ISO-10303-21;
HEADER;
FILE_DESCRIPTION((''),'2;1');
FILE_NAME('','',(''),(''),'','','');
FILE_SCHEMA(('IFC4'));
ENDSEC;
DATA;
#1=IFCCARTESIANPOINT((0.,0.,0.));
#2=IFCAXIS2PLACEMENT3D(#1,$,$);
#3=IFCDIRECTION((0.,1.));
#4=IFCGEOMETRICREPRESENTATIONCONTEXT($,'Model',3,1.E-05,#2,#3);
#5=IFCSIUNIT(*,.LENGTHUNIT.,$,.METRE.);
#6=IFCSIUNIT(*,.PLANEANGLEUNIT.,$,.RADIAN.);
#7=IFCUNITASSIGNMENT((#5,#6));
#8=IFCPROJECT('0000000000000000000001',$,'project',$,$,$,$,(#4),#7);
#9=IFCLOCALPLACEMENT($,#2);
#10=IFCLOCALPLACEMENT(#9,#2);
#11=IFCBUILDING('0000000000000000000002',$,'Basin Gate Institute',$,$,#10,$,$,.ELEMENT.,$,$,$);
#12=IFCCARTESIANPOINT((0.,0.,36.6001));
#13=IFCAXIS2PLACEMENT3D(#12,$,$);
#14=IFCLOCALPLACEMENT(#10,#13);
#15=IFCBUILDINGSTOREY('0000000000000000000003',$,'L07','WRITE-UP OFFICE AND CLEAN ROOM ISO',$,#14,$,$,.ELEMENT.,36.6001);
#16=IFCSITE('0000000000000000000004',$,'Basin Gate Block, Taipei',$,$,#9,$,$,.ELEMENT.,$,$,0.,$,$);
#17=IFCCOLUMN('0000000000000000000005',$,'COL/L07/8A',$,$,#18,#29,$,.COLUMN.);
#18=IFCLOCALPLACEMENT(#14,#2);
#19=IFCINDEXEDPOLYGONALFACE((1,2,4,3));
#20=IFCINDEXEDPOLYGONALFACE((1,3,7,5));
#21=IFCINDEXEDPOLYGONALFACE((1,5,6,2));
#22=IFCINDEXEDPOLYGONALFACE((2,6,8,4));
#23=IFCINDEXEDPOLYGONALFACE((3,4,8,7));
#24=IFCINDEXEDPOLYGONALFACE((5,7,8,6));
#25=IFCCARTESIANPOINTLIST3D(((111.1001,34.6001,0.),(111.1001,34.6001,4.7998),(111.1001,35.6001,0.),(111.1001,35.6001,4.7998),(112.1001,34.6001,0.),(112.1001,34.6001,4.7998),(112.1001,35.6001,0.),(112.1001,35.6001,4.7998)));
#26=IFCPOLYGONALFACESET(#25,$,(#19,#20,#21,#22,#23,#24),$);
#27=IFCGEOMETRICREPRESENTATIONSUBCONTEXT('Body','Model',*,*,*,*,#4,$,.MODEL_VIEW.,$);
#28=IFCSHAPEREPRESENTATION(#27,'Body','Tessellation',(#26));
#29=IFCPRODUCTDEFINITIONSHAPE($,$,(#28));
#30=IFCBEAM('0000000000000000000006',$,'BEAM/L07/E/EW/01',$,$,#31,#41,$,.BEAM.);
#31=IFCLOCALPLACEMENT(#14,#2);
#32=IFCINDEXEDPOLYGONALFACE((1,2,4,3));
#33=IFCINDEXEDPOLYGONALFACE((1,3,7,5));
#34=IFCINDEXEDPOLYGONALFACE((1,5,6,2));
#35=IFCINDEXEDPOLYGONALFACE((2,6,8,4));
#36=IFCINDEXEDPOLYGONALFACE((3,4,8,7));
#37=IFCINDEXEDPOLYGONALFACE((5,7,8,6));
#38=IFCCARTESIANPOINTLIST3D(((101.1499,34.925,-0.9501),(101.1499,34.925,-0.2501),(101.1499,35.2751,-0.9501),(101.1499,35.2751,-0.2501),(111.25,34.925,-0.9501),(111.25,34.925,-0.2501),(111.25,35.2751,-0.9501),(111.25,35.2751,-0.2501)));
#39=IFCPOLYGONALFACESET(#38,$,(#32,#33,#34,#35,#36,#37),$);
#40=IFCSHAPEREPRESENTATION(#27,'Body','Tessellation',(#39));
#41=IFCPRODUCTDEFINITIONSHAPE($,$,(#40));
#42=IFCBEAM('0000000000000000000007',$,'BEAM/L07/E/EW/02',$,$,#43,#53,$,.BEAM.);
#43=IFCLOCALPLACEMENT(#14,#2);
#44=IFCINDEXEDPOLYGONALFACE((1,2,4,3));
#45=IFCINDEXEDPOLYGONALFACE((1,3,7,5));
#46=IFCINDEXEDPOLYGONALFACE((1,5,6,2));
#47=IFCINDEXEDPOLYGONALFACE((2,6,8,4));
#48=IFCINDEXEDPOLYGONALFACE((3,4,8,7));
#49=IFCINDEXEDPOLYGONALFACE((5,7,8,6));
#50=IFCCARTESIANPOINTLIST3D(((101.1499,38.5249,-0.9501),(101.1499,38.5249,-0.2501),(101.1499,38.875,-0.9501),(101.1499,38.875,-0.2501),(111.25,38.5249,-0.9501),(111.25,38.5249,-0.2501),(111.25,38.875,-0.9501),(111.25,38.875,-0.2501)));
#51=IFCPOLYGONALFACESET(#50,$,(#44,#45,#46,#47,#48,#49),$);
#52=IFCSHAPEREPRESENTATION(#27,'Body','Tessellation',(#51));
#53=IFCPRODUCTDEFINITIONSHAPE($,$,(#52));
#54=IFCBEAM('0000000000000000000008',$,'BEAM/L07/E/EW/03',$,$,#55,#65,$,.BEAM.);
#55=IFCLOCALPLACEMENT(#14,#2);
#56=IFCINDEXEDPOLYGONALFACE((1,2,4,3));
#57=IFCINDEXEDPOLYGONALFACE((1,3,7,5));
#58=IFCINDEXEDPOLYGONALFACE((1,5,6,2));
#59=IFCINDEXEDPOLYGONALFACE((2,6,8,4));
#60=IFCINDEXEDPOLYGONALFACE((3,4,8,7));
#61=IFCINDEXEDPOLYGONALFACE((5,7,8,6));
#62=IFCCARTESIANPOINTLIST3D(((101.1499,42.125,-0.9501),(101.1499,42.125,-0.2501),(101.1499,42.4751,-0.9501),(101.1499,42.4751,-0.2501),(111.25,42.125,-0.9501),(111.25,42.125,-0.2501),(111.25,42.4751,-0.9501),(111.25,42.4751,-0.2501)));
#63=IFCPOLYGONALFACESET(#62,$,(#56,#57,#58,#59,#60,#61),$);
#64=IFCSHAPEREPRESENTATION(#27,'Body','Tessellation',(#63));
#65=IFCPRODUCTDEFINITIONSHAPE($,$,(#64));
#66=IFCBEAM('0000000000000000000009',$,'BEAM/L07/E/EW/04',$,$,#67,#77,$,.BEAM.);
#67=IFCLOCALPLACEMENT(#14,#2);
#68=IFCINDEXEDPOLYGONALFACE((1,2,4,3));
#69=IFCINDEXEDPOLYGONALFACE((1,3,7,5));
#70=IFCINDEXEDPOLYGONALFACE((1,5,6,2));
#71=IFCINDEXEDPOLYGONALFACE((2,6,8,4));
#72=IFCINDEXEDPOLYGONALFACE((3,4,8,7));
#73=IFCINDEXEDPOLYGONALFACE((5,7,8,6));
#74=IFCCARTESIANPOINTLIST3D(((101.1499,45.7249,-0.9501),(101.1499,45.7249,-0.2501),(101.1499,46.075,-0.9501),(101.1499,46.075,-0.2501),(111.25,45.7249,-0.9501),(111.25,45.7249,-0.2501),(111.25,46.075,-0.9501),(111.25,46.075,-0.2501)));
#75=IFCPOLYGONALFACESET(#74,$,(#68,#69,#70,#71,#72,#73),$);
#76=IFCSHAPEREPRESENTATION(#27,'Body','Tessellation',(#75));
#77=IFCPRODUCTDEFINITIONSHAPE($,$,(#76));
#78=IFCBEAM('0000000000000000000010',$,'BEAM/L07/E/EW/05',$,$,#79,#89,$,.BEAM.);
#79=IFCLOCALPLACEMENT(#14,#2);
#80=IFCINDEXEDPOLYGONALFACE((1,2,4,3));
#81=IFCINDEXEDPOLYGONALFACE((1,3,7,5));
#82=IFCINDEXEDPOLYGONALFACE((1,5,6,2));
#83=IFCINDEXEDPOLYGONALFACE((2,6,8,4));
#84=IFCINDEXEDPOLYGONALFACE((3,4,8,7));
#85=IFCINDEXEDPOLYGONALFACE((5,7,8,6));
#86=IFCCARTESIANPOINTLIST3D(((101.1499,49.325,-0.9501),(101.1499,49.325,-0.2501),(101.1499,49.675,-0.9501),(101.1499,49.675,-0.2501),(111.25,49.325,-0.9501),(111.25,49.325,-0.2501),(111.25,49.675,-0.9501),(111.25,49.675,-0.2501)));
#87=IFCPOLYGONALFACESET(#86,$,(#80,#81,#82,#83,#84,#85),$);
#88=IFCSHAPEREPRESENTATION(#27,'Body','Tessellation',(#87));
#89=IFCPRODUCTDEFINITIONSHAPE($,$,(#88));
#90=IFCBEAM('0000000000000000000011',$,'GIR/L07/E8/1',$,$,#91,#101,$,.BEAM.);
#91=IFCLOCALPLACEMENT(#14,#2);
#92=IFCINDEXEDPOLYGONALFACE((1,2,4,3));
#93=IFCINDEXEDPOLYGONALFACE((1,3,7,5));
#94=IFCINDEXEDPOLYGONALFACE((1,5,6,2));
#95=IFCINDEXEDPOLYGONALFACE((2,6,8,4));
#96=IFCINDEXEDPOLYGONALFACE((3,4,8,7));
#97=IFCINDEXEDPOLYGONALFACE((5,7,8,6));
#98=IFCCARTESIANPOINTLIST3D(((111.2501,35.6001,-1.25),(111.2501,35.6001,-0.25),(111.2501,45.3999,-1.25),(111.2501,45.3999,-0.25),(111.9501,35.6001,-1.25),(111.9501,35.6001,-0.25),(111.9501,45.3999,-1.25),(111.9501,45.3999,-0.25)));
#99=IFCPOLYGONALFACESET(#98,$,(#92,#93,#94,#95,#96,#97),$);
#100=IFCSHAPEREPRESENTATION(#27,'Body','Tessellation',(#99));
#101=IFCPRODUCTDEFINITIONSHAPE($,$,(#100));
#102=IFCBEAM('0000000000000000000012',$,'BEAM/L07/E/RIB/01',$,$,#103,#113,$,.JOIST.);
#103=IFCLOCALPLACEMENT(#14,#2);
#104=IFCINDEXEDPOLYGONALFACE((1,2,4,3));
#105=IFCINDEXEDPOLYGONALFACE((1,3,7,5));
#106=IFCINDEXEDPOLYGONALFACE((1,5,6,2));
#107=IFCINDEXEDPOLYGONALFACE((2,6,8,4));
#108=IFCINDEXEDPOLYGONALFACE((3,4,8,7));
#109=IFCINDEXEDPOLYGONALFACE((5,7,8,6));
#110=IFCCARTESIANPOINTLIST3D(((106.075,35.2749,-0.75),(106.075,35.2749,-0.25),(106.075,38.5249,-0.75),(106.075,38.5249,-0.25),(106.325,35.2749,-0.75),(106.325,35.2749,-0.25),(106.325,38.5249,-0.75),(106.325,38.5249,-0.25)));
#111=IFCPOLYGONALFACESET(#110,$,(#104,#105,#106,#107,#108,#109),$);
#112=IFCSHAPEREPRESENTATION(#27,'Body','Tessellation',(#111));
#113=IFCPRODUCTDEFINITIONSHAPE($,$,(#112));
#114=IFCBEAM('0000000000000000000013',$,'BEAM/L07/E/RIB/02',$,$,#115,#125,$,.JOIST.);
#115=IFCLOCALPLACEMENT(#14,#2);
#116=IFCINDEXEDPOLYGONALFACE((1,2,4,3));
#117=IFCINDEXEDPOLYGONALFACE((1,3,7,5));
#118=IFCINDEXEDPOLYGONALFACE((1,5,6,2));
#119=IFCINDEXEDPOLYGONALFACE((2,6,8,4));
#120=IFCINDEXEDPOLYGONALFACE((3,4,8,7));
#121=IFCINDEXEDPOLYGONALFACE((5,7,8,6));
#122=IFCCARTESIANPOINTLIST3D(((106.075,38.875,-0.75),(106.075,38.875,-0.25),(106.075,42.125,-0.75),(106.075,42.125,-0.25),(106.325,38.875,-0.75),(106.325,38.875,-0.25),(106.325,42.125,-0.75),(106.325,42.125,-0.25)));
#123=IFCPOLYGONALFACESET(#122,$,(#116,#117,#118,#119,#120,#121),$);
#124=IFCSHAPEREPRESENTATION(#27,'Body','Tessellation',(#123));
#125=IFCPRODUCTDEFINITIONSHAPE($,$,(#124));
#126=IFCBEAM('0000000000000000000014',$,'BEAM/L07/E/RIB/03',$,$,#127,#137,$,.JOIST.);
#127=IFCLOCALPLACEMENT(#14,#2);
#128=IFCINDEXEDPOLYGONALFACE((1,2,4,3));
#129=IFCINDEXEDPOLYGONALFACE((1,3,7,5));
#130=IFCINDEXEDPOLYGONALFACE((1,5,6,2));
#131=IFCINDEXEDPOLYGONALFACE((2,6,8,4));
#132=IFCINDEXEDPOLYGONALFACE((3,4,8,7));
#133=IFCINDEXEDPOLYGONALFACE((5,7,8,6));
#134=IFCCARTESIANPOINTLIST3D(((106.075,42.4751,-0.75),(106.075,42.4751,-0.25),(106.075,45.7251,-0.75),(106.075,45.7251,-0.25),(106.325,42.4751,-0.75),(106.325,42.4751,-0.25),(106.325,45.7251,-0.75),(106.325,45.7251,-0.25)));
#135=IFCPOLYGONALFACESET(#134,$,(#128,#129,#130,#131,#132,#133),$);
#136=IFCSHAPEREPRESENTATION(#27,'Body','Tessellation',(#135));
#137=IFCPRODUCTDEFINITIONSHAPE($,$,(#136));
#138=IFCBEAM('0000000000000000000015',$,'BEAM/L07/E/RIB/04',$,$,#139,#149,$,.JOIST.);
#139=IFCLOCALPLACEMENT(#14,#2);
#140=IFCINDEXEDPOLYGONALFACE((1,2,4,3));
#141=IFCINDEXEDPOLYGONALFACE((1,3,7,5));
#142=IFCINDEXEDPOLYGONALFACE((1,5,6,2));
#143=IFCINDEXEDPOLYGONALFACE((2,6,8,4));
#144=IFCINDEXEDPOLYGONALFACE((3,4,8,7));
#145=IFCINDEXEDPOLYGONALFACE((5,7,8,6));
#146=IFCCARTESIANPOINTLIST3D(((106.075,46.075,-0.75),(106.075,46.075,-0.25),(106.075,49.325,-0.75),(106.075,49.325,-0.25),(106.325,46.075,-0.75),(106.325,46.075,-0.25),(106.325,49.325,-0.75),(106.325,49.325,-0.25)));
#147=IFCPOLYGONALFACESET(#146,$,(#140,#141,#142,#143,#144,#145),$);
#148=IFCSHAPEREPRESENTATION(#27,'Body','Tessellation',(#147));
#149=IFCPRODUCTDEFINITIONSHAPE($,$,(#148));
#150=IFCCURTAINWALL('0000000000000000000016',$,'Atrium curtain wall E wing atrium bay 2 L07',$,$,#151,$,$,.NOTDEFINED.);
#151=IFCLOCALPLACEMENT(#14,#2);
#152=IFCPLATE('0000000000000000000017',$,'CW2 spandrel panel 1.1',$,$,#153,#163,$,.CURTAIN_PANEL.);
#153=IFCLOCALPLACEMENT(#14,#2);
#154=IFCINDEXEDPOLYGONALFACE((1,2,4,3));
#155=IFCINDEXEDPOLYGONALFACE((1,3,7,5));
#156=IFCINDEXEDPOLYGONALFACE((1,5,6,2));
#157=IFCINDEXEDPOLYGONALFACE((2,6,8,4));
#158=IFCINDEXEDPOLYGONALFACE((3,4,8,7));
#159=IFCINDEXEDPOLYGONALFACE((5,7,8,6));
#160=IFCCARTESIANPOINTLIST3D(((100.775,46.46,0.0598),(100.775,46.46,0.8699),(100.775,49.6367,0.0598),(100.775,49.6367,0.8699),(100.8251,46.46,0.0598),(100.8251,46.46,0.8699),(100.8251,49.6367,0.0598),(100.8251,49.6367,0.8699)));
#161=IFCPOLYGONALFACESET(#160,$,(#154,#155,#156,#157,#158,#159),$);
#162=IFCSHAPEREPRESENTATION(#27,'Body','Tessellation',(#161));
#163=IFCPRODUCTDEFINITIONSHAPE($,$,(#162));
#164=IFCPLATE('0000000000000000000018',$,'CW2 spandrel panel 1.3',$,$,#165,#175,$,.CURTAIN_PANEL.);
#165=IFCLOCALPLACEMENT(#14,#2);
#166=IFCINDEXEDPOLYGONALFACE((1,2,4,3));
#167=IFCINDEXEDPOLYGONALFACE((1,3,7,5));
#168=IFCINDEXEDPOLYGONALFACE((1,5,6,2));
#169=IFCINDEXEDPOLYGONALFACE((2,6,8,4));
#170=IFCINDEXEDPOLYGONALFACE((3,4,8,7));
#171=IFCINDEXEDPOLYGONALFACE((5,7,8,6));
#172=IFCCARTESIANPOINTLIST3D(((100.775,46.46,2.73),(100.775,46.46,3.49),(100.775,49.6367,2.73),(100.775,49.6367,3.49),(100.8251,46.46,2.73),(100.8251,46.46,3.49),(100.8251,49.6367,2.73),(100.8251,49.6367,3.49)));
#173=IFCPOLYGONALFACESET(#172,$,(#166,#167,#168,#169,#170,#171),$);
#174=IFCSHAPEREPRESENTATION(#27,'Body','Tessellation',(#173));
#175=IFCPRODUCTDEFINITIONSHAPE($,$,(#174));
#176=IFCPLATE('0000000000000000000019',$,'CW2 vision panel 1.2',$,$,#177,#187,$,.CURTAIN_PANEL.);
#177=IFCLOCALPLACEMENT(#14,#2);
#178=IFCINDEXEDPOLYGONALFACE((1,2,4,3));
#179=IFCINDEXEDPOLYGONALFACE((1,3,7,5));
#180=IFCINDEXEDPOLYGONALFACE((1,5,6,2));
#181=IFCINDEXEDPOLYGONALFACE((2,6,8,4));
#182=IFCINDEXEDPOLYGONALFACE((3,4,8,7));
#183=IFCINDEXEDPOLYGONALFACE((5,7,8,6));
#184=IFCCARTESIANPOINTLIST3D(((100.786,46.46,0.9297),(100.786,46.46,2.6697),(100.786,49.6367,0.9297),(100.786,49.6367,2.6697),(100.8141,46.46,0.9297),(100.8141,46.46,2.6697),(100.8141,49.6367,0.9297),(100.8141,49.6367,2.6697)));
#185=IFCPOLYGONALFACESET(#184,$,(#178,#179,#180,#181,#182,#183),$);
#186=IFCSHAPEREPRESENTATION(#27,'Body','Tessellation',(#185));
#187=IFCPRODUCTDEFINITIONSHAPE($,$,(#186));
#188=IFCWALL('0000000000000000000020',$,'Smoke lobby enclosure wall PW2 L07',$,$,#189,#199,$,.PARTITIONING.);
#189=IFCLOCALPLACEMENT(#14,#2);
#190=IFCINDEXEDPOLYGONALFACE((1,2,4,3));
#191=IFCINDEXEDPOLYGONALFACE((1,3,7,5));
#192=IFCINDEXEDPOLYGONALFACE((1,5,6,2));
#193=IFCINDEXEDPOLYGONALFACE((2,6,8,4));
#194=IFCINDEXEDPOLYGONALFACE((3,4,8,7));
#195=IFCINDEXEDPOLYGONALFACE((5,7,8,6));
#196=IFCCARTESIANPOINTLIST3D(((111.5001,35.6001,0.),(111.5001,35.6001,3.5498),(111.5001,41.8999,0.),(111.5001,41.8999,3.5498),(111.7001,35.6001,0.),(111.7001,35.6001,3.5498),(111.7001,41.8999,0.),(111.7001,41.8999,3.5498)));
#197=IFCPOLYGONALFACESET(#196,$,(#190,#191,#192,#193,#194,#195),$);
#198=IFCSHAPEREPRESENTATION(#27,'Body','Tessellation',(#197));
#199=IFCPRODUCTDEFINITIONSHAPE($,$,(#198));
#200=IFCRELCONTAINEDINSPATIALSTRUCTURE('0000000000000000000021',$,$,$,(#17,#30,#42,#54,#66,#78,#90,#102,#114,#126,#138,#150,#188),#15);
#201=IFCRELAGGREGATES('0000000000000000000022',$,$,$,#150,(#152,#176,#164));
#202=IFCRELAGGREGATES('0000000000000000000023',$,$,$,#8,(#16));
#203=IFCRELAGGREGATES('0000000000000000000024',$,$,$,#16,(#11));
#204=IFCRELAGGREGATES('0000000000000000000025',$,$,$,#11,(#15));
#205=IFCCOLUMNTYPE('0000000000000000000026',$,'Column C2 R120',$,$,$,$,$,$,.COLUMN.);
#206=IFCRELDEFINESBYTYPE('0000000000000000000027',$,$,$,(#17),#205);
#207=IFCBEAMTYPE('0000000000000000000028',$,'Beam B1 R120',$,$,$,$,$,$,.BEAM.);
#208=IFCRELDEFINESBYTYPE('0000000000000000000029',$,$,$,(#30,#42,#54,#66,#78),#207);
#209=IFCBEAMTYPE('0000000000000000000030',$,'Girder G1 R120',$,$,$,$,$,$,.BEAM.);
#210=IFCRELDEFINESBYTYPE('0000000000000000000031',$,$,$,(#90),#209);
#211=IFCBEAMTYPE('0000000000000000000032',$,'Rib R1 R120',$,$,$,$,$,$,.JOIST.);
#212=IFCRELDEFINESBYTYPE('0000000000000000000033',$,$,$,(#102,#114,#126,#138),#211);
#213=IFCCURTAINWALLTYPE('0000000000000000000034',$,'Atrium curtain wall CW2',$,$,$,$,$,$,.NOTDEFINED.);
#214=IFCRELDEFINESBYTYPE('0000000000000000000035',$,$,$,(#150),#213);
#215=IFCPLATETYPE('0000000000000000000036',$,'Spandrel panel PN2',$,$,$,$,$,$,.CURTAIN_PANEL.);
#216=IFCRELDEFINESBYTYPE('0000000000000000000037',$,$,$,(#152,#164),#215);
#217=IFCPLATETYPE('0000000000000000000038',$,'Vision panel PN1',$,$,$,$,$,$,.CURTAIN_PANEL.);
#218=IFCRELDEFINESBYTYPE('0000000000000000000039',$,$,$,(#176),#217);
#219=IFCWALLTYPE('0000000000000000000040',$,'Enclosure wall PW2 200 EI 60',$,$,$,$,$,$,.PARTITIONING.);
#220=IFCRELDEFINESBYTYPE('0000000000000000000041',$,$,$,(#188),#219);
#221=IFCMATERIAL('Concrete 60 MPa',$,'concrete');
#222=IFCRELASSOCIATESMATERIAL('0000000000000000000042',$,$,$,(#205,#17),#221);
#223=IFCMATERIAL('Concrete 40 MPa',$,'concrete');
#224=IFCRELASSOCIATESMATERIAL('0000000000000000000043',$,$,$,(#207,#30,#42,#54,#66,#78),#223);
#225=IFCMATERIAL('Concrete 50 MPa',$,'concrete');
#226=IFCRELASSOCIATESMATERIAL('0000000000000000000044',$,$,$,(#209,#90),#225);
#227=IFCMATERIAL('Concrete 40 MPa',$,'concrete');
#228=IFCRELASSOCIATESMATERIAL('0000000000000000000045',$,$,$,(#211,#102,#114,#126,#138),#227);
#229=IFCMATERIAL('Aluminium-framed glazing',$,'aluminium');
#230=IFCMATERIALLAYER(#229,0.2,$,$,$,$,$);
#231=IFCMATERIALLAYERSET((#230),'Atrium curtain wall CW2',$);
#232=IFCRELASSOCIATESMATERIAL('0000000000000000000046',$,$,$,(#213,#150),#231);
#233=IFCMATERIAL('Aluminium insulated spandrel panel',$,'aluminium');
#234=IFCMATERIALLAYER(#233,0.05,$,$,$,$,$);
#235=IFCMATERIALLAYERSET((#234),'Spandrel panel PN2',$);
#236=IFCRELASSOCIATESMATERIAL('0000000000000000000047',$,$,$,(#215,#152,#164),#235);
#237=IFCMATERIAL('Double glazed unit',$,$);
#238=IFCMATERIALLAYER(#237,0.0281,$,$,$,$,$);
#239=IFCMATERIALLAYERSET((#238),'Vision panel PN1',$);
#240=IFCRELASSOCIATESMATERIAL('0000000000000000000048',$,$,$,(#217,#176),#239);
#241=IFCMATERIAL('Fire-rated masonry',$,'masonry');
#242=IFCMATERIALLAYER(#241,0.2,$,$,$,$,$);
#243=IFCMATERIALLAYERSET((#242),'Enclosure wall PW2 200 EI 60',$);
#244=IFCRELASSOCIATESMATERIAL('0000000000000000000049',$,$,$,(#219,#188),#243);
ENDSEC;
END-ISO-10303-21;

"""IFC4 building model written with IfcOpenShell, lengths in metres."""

from ifc_helpers import new_model, si_unit, direction, frame, frame_2d, origin, origin_2d, place, context, subcontext, project, spatial, rectangle, extrude, material, layer, layer_set, material_profile, profile_set, type_object, element, aggregate, save


model = new_model("IFC4")

# Units and contexts
model_context = context("Model", 3, precision=1e-05, world=origin(), true_north=direction((0.0, 1.0)))
body_context = subcontext(model_context, "Body", "Model", "MODEL_VIEW")
ifc_project = project(units=[si_unit("LENGTHUNIT", "METRE"), si_unit("PLANEANGLEUNIT", "RADIAN")], contexts=[model_context])

# Site, building, storey
site_placement = place(None, origin())
site = spatial("IfcSite", under=ifc_project, at=site_placement, Name="Basin Gate Block, Taipei", CompositionType="ELEMENT", RefElevation=0.0)
building_placement = place(site_placement, origin())
building = spatial("IfcBuilding", under=site, at=building_placement, Name="Basin Gate Institute", CompositionType="ELEMENT")
storey_placement = place(building_placement, frame((0.0, 0.0, 36.6001)))
storey = spatial("IfcBuildingStorey", under=building, at=storey_placement, Name="L07", Description="WRITE-UP OFFICE AND CLEAN ROOM ISO", CompositionType="ELEMENT", Elevation=36.6001)

# Column
ifc_material_1 = material(Name="Concrete 60 MPa", Category="concrete")
ifc_material_profile_1 = material_profile(ifc_material_1, rectangle(XDim=1.0, YDim=1.0, at=origin_2d()), Name="Column C2 1000 x 1000")
ifc_profile_set_1 = profile_set([ifc_material_profile_1], Name="Concrete 60 MPa")
column_type = type_object("IfcColumnType", Name="Column C2 R120", PredefinedType="COLUMN", material=ifc_profile_set_1)
column_placement = place(storey_placement, frame((111.6001, 35.1001, 0.0), z_axis=(0.0, 0.0, 1.0), x_axis=(1.0, 0.0, 0.0)))
element("IfcColumn", 1, at=column_placement, inside=storey, type_object=column_type, material=ifc_profile_set_1, Name="COL/L07/8A", PredefinedType="COLUMN", context=body_context, shape_type="SweptSolid", body=[
    extrude(rectangle(XDim=1.0, YDim=1.0, at=origin_2d()), origin(), (0.0, 0.0, 1.0), 4.7998),
])

# Beams
ifc_material_2 = material(Name="Concrete 40 MPa", Category="concrete")
ifc_material_profile_2 = material_profile(ifc_material_2, rectangle(XDim=0.3501, YDim=0.7, at=origin_2d()), Name="Beam B1 350 x 700")
ifc_profile_set_2 = profile_set([ifc_material_profile_2], Name="Concrete 40 MPa")
beam_type_1 = type_object("IfcBeamType", Name="Beam B1 R120", PredefinedType="BEAM", material=ifc_profile_set_2)
for number, where, z_axis, x_axis, name in (
    (2, (111.25, 35.1001, -0.6001), (-1.0, 0.0, 0.0), (0.0, -1.0, 0.0), "BEAM/L07/E/EW/01"),
    (3, (111.25, 38.7, -0.6001), (-1.0, 0.0, 0.0), (0.0, -1.0, 0.0), "BEAM/L07/E/EW/02"),
    (4, (111.25, 42.3, -0.6001), (-1.0, 0.0, 0.0), (0.0, -1.0, 0.0), "BEAM/L07/E/EW/03"),
    (5, (111.25, 45.8999, -0.6001), (-1.0, 0.0, 0.0), (0.0, -1.0, 0.0), "BEAM/L07/E/EW/04"),
    (6, (111.25, 49.5, -0.6001), (-1.0, 0.0, 0.0), (0.0, -1.0, 0.0), "BEAM/L07/E/EW/05"),
):
    element("IfcBeam", number, at=place(storey_placement, frame(where, z_axis=z_axis, x_axis=x_axis)), inside=storey, type_object=beam_type_1, material=ifc_profile_set_2, Name=name, PredefinedType="BEAM", context=body_context, shape_type="SweptSolid", body=[
        extrude(rectangle(XDim=0.3501, YDim=0.7, at=origin_2d()), origin(), (0.0, 0.0, 1.0), 10.1001),
    ])
ifc_material_3 = material(Name="Concrete 50 MPa", Category="concrete")
ifc_material_profile_3 = material_profile(ifc_material_3, rectangle(XDim=0.7, YDim=1.0, at=origin_2d()), Name="Girder G1 700 x 1000")
ifc_profile_set_3 = profile_set([ifc_material_profile_3], Name="Concrete 50 MPa")
beam_type_2 = type_object("IfcBeamType", Name="Girder G1 R120", PredefinedType="BEAM", material=ifc_profile_set_3)
beam_placement = place(storey_placement, frame((111.6001, 35.6001, -0.75), z_axis=(0.0, 1.0, 0.0), x_axis=(-1.0, 0.0, 0.0)))
element("IfcBeam", 7, at=beam_placement, inside=storey, type_object=beam_type_2, material=ifc_profile_set_3, Name="GIR/L07/E8/1", PredefinedType="BEAM", context=body_context, shape_type="SweptSolid", body=[
    extrude(rectangle(XDim=0.7, YDim=1.0, at=origin_2d()), origin(), (0.0, 0.0, 1.0), 9.7998),
])
ifc_material_4 = material(Name="Concrete 40 MPa", Category="concrete")
ifc_material_profile_4 = material_profile(ifc_material_4, rectangle(XDim=0.25, YDim=0.5, at=origin_2d()), Name="Rib R1 250 x 500")
ifc_profile_set_4 = profile_set([ifc_material_profile_4], Name="Concrete 40 MPa")
beam_type_3 = type_object("IfcBeamType", Name="Rib R1 R120", PredefinedType="JOIST", material=ifc_profile_set_4)
for number, where, z_axis, x_axis, name in (
    (8, (106.2, 35.2749, -0.5), (0.0, 1.0, 0.0), (-1.0, 0.0, 0.0), "BEAM/L07/E/RIB/01"),
    (9, (106.2, 38.875, -0.5), (0.0, 1.0, 0.0), (-1.0, 0.0, 0.0), "BEAM/L07/E/RIB/02"),
    (10, (106.2, 42.4751, -0.5), (0.0, 1.0, 0.0), (-1.0, 0.0, 0.0), "BEAM/L07/E/RIB/03"),
    (11, (106.2, 46.075, -0.5), (0.0, 1.0, 0.0), (-1.0, 0.0, 0.0), "BEAM/L07/E/RIB/04"),
):
    element("IfcBeam", number, at=place(storey_placement, frame(where, z_axis=z_axis, x_axis=x_axis)), inside=storey, type_object=beam_type_3, material=ifc_profile_set_4, Name=name, PredefinedType="JOIST", context=body_context, shape_type="SweptSolid", body=[
        extrude(rectangle(XDim=0.25, YDim=0.5, at=origin_2d()), origin(), (0.0, 0.0, 1.0), 3.25),
    ])

# Curtain wall, plates
ifc_material_5 = material(Name="Aluminium-framed glazing", Category="aluminium")
ifc_layer_1 = layer(ifc_material_5, 0.2)
ifc_layer_set_1 = layer_set([ifc_layer_1], Name="Atrium curtain wall CW2")
curtain_wall_type = type_object("IfcCurtainWallType", Name="Atrium curtain wall CW2", PredefinedType="NOTDEFINED", material=ifc_layer_set_1)
curtain_wall_placement = place(storey_placement, origin())
curtain_wall = element("IfcCurtainWall", 12, at=curtain_wall_placement, inside=storey, type_object=curtain_wall_type, material=ifc_layer_set_1, Name="Atrium curtain wall E wing atrium bay 2 L07", PredefinedType="NOTDEFINED")
ifc_material_6 = material(Name="Aluminium insulated spandrel panel", Category="aluminium")
ifc_layer_2 = layer(ifc_material_6, 0.05)
ifc_layer_set_2 = layer_set([ifc_layer_2], Name="Spandrel panel PN2")
plate_type_1 = type_object("IfcPlateType", Name="Spandrel panel PN2", PredefinedType="CURTAIN_PANEL", material=ifc_layer_set_2)
plate_1_placement = place(storey_placement, frame((100.8, 48.0483, 0.0598), z_axis=(0.0, 0.0, 1.0), x_axis=(0.0, 1.0, 0.0)))
plate_1 = element("IfcPlate", 13, at=plate_1_placement, type_object=plate_type_1, material=ifc_layer_set_2, Name="CW2 spandrel panel 1.1", PredefinedType="CURTAIN_PANEL", context=body_context, shape_type="SweptSolid", body=[
    extrude(rectangle(XDim=3.1768, YDim=0.05, at=origin_2d()), origin(), (0.0, 0.0, 1.0), 0.8101),
])
plate_2_placement = place(storey_placement, frame((100.8, 48.0483, 2.73), z_axis=(0.0, 0.0, 1.0), x_axis=(0.0, 1.0, 0.0)))
plate_2 = element("IfcPlate", 14, at=plate_2_placement, type_object=plate_type_1, material=ifc_layer_set_2, Name="CW2 spandrel panel 1.3", PredefinedType="CURTAIN_PANEL", context=body_context, shape_type="SweptSolid", body=[
    extrude(rectangle(XDim=3.1768, YDim=0.05, at=origin_2d()), origin(), (0.0, 0.0, 1.0), 0.76),
])
ifc_material_7 = material(Name="Double glazed unit")
ifc_layer_3 = layer(ifc_material_7, 0.0281)
ifc_layer_set_3 = layer_set([ifc_layer_3], Name="Vision panel PN1")
plate_type_2 = type_object("IfcPlateType", Name="Vision panel PN1", PredefinedType="CURTAIN_PANEL", material=ifc_layer_set_3)
plate_3_placement = place(storey_placement, frame((100.8, 48.0483, 0.9297), z_axis=(0.0, 0.0, 1.0), x_axis=(0.0, 1.0, 0.0)))
plate_3 = element("IfcPlate", 15, at=plate_3_placement, type_object=plate_type_2, material=ifc_layer_set_3, Name="CW2 vision panel 1.2", PredefinedType="CURTAIN_PANEL", context=body_context, shape_type="SweptSolid", body=[
    extrude(rectangle(XDim=3.1768, YDim=0.0281, at=origin_2d()), origin(), (0.0, 0.0, 1.0), 1.74),
])
aggregate(curtain_wall, [plate_1, plate_3, plate_2])

# Wall
ifc_material_8 = material(Name="Fire-rated masonry", Category="masonry")
ifc_layer_4 = layer(ifc_material_8, 0.2)
ifc_layer_set_4 = layer_set([ifc_layer_4], Name="Enclosure wall PW2 200 EI 60")
wall_type_1 = type_object("IfcWallType", Name="Enclosure wall PW2 200 EI 60", PredefinedType="PARTITIONING", material=ifc_layer_set_4)
wall_1_placement = place(storey_placement, frame((111.6001, 35.6001, 0.0), z_axis=(0.0, 0.0, 1.0), x_axis=(0.0, 1.0, 0.0)))
element("IfcWall", 16, at=wall_1_placement, inside=storey, type_object=wall_type_1, material=ifc_layer_set_4, Name="Smoke lobby enclosure wall PW2 L07", PredefinedType="PARTITIONING", context=body_context, shape_type="SweptSolid", body=[
    extrude(rectangle(XDim=6.2998, YDim=0.2, at=frame_2d((3.1499, 0.0))), origin(), (0.0, 0.0, 1.0), 3.5498),
])

save(model, "model.ifc")
